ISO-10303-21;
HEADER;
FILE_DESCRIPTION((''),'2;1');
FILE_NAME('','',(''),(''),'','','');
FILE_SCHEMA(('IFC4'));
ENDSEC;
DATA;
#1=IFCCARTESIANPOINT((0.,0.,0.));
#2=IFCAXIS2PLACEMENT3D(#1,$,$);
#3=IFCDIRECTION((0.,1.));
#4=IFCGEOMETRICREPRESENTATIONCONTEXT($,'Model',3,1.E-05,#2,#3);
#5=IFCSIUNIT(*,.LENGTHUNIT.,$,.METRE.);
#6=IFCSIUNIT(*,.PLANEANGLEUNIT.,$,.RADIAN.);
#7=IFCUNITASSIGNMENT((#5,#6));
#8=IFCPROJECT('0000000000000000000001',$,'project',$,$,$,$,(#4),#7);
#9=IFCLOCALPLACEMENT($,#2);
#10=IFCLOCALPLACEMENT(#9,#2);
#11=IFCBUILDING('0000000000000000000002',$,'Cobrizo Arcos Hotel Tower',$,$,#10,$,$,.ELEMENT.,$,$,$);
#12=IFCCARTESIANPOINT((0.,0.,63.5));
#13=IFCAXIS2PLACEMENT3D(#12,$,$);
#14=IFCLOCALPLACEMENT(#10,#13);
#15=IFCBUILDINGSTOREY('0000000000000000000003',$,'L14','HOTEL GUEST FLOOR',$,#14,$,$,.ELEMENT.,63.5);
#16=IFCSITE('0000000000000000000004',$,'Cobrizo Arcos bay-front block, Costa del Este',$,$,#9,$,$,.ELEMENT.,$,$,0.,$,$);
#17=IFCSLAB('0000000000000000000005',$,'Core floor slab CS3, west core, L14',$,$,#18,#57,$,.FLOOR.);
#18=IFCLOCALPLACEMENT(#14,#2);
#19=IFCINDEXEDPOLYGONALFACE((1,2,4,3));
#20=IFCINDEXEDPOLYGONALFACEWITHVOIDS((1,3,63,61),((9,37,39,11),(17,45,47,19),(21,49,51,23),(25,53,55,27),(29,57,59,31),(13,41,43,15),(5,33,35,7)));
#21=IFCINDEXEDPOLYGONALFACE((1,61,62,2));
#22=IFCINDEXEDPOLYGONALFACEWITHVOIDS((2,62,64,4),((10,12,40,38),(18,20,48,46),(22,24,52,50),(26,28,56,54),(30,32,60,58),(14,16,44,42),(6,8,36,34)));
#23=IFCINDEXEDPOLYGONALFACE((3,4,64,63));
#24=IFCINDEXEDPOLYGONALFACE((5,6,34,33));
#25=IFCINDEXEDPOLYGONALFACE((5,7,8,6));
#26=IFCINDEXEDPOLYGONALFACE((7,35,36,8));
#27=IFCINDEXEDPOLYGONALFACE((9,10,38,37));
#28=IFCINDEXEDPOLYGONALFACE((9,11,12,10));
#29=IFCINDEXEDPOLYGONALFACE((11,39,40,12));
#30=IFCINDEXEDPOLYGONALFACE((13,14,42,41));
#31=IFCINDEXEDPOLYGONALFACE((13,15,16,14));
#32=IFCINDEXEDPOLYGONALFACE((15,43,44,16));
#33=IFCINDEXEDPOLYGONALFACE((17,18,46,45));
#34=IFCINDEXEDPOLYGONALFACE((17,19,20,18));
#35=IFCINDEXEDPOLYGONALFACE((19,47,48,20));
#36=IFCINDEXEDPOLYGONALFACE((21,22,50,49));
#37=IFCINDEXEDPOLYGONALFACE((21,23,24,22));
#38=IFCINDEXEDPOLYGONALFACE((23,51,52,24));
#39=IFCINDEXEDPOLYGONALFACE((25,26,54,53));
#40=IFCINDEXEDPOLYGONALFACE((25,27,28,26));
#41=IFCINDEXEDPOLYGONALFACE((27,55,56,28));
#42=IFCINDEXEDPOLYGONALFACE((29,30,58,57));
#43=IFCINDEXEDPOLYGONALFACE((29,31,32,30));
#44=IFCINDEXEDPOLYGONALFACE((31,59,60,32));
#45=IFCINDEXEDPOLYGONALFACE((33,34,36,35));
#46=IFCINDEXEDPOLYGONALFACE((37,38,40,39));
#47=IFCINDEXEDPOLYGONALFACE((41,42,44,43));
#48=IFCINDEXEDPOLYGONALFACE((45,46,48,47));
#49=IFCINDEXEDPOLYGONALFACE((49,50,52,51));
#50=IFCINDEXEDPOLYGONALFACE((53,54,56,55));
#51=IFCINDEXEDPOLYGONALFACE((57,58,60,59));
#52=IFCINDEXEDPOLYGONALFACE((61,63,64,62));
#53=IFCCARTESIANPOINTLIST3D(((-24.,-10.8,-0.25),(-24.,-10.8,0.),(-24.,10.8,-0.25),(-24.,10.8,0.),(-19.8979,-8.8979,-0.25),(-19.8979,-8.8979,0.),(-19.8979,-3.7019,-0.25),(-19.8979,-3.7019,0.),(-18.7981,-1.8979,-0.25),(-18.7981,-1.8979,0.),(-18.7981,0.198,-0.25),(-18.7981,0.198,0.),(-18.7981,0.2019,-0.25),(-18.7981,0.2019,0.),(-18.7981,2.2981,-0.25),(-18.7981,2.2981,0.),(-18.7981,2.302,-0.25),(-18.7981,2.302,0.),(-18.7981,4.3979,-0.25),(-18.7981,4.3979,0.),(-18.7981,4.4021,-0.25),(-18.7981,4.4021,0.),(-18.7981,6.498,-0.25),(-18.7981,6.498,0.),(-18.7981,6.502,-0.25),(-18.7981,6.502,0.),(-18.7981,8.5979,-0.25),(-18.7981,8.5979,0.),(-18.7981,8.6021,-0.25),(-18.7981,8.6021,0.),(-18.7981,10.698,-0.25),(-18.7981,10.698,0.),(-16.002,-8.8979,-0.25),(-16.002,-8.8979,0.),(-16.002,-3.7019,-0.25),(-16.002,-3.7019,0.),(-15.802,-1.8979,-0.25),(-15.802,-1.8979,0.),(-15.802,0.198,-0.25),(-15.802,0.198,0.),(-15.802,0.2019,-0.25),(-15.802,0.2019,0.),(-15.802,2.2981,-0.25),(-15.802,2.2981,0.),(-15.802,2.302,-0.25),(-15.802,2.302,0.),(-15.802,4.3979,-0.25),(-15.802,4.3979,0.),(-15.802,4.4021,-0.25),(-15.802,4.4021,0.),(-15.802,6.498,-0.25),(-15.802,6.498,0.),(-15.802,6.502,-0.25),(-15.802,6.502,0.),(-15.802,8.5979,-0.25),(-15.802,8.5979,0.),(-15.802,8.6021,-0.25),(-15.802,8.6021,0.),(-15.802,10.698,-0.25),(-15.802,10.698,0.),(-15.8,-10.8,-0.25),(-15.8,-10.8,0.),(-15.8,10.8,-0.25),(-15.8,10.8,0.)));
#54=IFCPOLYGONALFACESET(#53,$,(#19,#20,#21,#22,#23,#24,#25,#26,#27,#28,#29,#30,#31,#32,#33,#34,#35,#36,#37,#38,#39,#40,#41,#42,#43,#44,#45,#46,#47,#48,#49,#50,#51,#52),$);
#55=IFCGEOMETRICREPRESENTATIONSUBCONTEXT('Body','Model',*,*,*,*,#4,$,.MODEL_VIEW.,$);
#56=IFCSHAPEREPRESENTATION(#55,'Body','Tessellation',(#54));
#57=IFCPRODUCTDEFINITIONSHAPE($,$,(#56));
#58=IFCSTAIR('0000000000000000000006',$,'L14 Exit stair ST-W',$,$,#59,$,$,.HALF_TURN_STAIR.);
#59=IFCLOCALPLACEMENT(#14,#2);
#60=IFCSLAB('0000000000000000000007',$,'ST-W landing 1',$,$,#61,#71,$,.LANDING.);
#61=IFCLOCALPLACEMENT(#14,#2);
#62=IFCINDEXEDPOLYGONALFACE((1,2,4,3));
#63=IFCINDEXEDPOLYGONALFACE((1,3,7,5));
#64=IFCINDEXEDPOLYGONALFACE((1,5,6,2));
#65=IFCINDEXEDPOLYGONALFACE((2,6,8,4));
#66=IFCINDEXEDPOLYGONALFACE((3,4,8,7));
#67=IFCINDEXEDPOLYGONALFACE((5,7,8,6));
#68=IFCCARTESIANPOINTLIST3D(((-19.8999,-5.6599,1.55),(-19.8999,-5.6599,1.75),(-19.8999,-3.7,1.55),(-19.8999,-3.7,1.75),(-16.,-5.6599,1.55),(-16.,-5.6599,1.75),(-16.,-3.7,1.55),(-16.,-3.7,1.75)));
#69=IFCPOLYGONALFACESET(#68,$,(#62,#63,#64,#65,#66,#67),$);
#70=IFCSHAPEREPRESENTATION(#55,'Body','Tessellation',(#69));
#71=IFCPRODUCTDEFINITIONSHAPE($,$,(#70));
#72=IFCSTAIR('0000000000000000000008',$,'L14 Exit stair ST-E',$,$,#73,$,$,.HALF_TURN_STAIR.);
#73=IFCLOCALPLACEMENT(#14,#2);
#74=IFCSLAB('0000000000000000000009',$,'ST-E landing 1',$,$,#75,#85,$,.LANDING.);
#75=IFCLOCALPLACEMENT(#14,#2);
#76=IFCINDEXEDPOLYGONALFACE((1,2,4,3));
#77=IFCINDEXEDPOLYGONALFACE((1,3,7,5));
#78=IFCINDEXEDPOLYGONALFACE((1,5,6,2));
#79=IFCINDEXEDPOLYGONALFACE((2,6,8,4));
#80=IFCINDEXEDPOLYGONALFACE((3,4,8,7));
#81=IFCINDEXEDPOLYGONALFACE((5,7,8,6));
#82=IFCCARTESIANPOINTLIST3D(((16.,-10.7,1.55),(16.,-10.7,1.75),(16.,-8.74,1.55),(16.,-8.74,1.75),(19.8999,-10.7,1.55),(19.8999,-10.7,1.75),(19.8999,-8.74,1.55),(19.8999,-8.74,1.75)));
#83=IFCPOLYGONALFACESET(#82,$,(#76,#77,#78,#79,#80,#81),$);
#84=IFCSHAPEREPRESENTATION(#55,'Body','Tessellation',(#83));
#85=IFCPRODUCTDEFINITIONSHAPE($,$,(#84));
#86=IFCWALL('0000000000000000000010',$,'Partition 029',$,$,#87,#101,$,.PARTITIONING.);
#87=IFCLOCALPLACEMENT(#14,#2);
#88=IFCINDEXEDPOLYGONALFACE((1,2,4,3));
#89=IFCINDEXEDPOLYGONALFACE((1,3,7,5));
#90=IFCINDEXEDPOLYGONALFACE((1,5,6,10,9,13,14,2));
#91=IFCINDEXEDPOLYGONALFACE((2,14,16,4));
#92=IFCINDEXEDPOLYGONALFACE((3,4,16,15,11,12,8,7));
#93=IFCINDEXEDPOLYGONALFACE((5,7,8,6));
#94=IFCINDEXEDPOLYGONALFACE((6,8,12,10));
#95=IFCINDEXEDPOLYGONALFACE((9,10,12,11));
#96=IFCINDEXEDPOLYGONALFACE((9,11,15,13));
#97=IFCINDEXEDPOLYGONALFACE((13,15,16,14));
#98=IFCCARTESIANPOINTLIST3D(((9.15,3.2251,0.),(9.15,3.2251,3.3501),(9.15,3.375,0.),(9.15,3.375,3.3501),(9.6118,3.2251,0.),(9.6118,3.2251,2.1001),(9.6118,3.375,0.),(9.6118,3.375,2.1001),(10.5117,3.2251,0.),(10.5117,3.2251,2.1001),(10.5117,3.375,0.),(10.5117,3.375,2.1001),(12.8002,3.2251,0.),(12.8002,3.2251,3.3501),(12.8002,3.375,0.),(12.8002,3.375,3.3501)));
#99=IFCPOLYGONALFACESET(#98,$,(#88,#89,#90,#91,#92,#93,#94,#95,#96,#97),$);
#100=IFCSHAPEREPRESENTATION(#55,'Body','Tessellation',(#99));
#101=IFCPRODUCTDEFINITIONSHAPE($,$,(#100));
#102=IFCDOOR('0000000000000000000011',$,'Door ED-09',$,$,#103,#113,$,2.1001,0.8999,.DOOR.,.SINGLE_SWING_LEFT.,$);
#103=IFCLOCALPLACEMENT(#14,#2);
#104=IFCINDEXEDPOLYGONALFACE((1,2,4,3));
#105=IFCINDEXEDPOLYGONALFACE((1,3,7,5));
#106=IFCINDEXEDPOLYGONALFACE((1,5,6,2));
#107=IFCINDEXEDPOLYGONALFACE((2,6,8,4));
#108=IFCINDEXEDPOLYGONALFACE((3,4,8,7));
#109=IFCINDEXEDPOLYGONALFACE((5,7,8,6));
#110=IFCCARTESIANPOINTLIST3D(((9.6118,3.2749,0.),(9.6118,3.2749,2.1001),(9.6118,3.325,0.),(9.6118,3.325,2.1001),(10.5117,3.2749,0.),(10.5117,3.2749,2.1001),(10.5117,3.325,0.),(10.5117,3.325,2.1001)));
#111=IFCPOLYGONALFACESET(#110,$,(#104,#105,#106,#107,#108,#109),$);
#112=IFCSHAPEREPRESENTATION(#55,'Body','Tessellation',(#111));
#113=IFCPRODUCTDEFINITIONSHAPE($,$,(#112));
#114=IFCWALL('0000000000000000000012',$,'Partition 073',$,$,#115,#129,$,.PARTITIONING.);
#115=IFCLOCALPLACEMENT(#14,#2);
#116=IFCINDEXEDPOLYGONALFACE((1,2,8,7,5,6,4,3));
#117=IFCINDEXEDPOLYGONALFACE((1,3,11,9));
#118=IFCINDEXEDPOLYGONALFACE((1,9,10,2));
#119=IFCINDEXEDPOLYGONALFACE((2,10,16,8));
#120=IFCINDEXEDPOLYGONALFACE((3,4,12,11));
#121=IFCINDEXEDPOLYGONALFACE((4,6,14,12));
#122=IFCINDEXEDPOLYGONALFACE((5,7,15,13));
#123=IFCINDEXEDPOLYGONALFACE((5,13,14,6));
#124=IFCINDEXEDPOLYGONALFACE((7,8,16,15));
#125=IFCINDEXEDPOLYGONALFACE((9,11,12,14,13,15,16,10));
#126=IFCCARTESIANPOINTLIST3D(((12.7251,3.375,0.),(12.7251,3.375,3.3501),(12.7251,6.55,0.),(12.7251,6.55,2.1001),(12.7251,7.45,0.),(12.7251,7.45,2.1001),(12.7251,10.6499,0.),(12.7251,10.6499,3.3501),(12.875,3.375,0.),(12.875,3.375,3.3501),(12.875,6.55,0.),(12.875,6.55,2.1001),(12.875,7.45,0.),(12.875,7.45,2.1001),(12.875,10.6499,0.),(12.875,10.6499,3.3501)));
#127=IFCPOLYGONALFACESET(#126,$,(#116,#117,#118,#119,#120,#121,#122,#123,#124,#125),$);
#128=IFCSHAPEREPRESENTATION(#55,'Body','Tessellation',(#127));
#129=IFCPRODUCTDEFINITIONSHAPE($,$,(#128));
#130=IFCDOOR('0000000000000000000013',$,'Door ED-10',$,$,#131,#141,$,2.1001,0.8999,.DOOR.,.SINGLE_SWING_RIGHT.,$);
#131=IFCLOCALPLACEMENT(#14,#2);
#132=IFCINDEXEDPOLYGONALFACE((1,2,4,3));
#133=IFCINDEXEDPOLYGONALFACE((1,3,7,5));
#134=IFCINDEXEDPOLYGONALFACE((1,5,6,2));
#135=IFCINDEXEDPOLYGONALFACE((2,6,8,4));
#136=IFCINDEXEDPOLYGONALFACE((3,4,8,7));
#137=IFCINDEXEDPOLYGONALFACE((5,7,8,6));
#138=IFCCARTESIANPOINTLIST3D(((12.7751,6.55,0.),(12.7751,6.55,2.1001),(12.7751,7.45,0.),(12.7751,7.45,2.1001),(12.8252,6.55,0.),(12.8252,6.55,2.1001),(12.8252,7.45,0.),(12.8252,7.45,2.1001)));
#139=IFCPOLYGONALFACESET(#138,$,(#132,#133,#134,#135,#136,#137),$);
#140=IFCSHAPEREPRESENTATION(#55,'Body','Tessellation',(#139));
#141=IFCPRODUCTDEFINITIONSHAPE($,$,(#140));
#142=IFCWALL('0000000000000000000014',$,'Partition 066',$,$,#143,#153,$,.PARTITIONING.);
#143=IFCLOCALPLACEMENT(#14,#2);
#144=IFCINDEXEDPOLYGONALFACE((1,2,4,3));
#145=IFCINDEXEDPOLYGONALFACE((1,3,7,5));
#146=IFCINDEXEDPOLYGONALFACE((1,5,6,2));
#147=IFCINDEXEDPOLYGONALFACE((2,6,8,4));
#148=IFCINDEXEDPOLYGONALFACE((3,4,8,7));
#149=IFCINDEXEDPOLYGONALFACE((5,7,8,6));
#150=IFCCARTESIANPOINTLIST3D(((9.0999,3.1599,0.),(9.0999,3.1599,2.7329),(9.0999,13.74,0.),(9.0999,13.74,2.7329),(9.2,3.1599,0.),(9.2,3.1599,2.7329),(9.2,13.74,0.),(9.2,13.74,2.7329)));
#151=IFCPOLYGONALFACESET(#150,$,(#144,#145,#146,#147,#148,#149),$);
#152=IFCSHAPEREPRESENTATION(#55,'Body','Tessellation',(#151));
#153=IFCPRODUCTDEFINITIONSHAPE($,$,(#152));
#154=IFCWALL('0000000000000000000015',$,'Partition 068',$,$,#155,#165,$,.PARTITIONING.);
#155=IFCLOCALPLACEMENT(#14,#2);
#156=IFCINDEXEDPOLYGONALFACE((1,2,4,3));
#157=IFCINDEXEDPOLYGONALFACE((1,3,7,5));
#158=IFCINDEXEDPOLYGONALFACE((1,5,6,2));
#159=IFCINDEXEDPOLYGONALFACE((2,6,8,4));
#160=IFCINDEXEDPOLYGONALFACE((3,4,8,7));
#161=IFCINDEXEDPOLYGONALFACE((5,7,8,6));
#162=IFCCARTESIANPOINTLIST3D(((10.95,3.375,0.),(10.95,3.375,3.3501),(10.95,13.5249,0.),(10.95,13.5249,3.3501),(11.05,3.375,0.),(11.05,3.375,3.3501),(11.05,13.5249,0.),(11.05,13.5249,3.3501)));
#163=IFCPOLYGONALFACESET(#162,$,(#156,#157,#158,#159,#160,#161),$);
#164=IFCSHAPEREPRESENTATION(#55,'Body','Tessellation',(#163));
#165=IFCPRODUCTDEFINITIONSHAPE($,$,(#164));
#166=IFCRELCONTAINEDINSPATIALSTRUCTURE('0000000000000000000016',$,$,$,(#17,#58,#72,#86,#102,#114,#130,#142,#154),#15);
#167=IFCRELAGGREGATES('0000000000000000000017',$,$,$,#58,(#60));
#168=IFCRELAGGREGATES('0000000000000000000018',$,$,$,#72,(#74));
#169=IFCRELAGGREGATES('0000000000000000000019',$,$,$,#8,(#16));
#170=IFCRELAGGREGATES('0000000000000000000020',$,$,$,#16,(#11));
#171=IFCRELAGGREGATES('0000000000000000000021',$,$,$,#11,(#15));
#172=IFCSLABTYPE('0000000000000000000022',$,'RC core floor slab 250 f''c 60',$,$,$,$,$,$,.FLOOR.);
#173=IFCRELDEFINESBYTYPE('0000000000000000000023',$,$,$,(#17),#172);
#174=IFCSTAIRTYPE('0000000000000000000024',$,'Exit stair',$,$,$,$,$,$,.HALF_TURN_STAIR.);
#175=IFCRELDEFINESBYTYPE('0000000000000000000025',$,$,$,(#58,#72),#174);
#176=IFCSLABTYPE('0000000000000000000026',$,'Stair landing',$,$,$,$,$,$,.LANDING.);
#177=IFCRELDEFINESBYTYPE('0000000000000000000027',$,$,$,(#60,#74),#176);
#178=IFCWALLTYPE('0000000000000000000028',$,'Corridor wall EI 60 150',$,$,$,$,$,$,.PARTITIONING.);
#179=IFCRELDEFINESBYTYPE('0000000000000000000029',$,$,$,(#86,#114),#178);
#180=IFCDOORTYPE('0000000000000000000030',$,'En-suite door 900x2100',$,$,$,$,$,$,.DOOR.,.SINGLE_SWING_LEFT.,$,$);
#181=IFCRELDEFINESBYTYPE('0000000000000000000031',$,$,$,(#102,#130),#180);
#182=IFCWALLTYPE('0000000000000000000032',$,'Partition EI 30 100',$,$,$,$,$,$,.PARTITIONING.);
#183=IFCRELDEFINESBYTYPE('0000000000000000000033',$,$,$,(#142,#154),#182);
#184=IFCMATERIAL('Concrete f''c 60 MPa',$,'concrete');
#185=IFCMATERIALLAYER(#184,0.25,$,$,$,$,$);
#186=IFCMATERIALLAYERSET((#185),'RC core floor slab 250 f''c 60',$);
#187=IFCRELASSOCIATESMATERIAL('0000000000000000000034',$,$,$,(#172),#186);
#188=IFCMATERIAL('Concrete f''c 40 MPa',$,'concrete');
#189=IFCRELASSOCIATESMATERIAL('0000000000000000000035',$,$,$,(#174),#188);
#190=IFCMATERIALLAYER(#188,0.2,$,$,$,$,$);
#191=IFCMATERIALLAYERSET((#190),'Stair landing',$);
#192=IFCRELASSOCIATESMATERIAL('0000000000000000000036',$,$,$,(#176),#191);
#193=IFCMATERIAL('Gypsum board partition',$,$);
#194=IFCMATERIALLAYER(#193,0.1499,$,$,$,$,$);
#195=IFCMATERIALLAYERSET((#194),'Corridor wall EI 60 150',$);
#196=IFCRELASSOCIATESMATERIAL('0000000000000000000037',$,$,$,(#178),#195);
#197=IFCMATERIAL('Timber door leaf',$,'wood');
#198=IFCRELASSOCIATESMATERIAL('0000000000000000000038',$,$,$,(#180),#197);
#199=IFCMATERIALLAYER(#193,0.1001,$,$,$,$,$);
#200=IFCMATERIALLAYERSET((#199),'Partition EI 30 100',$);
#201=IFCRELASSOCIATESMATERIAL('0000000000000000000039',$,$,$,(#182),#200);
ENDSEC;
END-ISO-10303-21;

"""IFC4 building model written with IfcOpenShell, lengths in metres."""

from ifc_helpers import new_model, si_unit, direction, frame, frame_2d, origin, place, context, subcontext, project, spatial, polyline, rectangle, outline, extrude, material, layer, layer_set, type_object, element, fill, aggregate, save


model = new_model("IFC4")

# Units and contexts
model_context = context("Model", 3, precision=1e-05, world=origin(), true_north=direction((0.0, 1.0)))
body_context = subcontext(model_context, "Body", "Model", "MODEL_VIEW")
ifc_project = project(units=[si_unit("LENGTHUNIT", "METRE"), si_unit("PLANEANGLEUNIT", "RADIAN")], contexts=[model_context])

# Site, building, storey
site_placement = place(None, origin())
site = spatial("IfcSite", under=ifc_project, at=site_placement, Name="Cobrizo Arcos bay-front block, Costa del Este", CompositionType="ELEMENT", RefElevation=0.0)
building_placement = place(site_placement, origin())
building = spatial("IfcBuilding", under=site, at=building_placement, Name="Cobrizo Arcos Hotel Tower", CompositionType="ELEMENT")
storey_placement = place(building_placement, frame((0.0, 0.0, 63.5)))
storey = spatial("IfcBuildingStorey", under=building, at=storey_placement, Name="L14", Description="HOTEL GUEST FLOOR", CompositionType="ELEMENT", Elevation=63.5)

# Slab
ifc_material_1 = material(Name="Concrete f'c 60 MPa", Category="concrete")
ifc_layer_1 = layer(ifc_material_1, 0.25)
ifc_layer_set_1 = layer_set([ifc_layer_1], Name="RC core floor slab 250 f'c 60")
slab_type_1 = type_object("IfcSlabType", Name="RC core floor slab 250 f'c 60", PredefinedType="FLOOR", material=ifc_layer_set_1)
slab_1_placement = place(storey_placement, frame((0.0, 0.0, -0.25)))
element("IfcSlab", 1, at=slab_1_placement, inside=storey, type_object=slab_type_1, Name="Core floor slab CS3, west core, L14", PredefinedType="FLOOR", context=body_context, shape_type="SweptSolid", body=[
    extrude(outline(polyline([(-24.0, 10.8), (-15.8, 10.8), (-15.8, -10.8), (-24.0, -10.8), (-24.0, 10.8)]), holes=[polyline([(-19.8979, -3.7019), (-19.8979, -8.8979), (-16.002, -8.8979), (-16.002, -3.7019), (-19.8979, -3.7019)]), polyline([(-18.7981, 0.198), (-18.7981, -1.8979), (-15.802, -1.8979), (-15.802, 0.198), (-18.7981, 0.198)]), polyline([(-15.802, 2.2981), (-18.7981, 2.2981), (-18.7981, 0.2019), (-15.802, 0.2019), (-15.802, 2.2981)]), polyline([(-15.802, 4.3979), (-18.7981, 4.3979), (-18.7981, 2.302), (-15.802, 2.302), (-15.802, 4.3979)]), polyline([(-18.7981, 6.498), (-18.7981, 4.4021), (-15.802, 4.4021), (-15.802, 6.498), (-18.7981, 6.498)]), polyline([(-15.802, 8.5979), (-18.7981, 8.5979), (-18.7981, 6.502), (-15.802, 6.502), (-15.802, 8.5979)]), polyline([(-15.802, 10.698), (-18.7981, 10.698), (-18.7981, 8.6021), (-15.802, 8.6021), (-15.802, 10.698)])]), origin(), (0.0, 0.0, 1.0), 0.25),
])

# Stairs, slabs
ifc_material_2 = material(Name="Concrete f'c 40 MPa", Category="concrete")
stair_type = type_object("IfcStairType", Name="Exit stair", PredefinedType="HALF_TURN_STAIR", material=ifc_material_2)
stair_1_placement = place(storey_placement, origin())
stair_1 = element("IfcStair", 2, at=stair_1_placement, inside=storey, type_object=stair_type, Name="L14 Exit stair ST-W", PredefinedType="HALF_TURN_STAIR")
ifc_layer_2 = layer(ifc_material_2, 0.2)
ifc_layer_set_2 = layer_set([ifc_layer_2], Name="Stair landing")
slab_type_2 = type_object("IfcSlabType", Name="Stair landing", PredefinedType="LANDING", material=ifc_layer_set_2)
slab_2_placement = place(storey_placement, frame((0.0, 0.0, 1.55)))
slab_2 = element("IfcSlab", 3, at=slab_2_placement, type_object=slab_type_2, Name="ST-W landing 1", PredefinedType="LANDING", context=body_context, shape_type="SweptSolid", body=[
    extrude(outline(polyline([(-16.0, -5.6599), (-16.0, -3.7), (-19.8999, -3.7), (-19.8999, -5.6599), (-16.0, -5.6599)])), origin(), (0.0, 0.0, 1.0), 0.2),
])
aggregate(stair_1, [slab_2])
stair_2_placement = place(storey_placement, origin())
stair_2 = element("IfcStair", 4, at=stair_2_placement, inside=storey, type_object=stair_type, Name="L14 Exit stair ST-E", PredefinedType="HALF_TURN_STAIR")
slab_3_placement = place(storey_placement, frame((0.0, 0.0, 1.55)))
slab_3 = element("IfcSlab", 5, at=slab_3_placement, type_object=slab_type_2, Name="ST-E landing 1", PredefinedType="LANDING", context=body_context, shape_type="SweptSolid", body=[
    extrude(outline(polyline([(16.0, -8.74), (16.0, -10.7), (19.8999, -10.7), (19.8999, -8.74), (16.0, -8.74)])), origin(), (0.0, 0.0, 1.0), 0.2),
])
aggregate(stair_2, [slab_3])

# Walls, openings, doors
ifc_material_3 = material(Name="Gypsum board partition")
ifc_layer_3 = layer(ifc_material_3, 0.1499)
ifc_layer_set_3 = layer_set([ifc_layer_3], Name="Corridor wall EI 60 150")
wall_type_1 = type_object("IfcWallType", Name="Corridor wall EI 60 150", PredefinedType="PARTITIONING", material=ifc_layer_set_3)
wall_1_placement = place(storey_placement, frame((9.1499, 3.3, 0.0), z_axis=(0.0, 0.0, 1.0), x_axis=(1.0, 0.0, 0.0)))
wall_1 = element("IfcWall", 6, at=wall_1_placement, inside=storey, type_object=wall_type_1, Name="Partition 029", PredefinedType="PARTITIONING", context=body_context, shape_type="SweptSolid", body=[
    extrude(rectangle(XDim=3.6501, YDim=0.1499, at=frame_2d((1.8252, 0.0))), origin(), (0.0, 0.0, 1.0), 3.3501),
])
opening_1_placement = place(wall_1_placement, frame((0.4619, 0.0, 0.0)))
opening_1 = element("IfcOpeningElement", 7, at=opening_1_placement, cuts=wall_1, PredefinedType="OPENING", context=body_context, shape_type="SweptSolid", body=[
    extrude(rectangle(XDim=0.8999, YDim=2.1001, at=frame_2d((0.45, 1.05))), frame((0.0, 0.0869, 0.0), z_axis=(0.0, -1.0, 0.0), x_axis=(1.0, 0.0, 0.0)), (0.0, 0.0, 1.0), 0.1738),
])
ifc_material_4 = material(Name="Timber door leaf", Category="wood")
door_type_1 = type_object("IfcDoorType", Name="En-suite door 900x2100", OperationType="SINGLE_SWING_LEFT", PredefinedType="DOOR", material=ifc_material_4)
door_1_placement = place(opening_1_placement, origin())
door_1 = element("IfcDoor", 8, at=door_1_placement, inside=storey, type_object=door_type_1, Name="Door ED-09", OperationType="SINGLE_SWING_LEFT", OverallHeight=2.1001, OverallWidth=0.8999, PredefinedType="DOOR", context=body_context, shape_type="SweptSolid", body=[
    extrude(rectangle(XDim=0.8999, YDim=2.1001, at=frame_2d((0.45, 1.05))), frame((0.0, 0.0249, 0.0), z_axis=(0.0, -1.0, 0.0), x_axis=(1.0, 0.0, 0.0)), (0.0, 0.0, 1.0), 0.05),
])
fill(opening_1, door_1)
wall_2_placement = place(storey_placement, frame((12.8, 3.375, 0.0), z_axis=(0.0, 0.0, 1.0), x_axis=(0.0, 1.0, 0.0)))
wall_2 = element("IfcWall", 9, at=wall_2_placement, inside=storey, type_object=wall_type_1, Name="Partition 073", PredefinedType="PARTITIONING", context=body_context, shape_type="SweptSolid", body=[
    extrude(rectangle(XDim=7.2749, YDim=0.1499, at=frame_2d((3.6375, 0.0))), origin(), (0.0, 0.0, 1.0), 3.3501),
])
opening_2_placement = place(wall_2_placement, frame((3.175, 0.0, 0.0)))
opening_2 = element("IfcOpeningElement", 10, at=opening_2_placement, cuts=wall_2, PredefinedType="OPENING", context=body_context, shape_type="SweptSolid", body=[
    extrude(rectangle(XDim=0.8999, YDim=2.1001, at=frame_2d((0.45, 1.05))), frame((0.0, 0.0869, 0.0), z_axis=(0.0, -1.0, 0.0), x_axis=(1.0, 0.0, 0.0)), (0.0, 0.0, 1.0), 0.1738),
])
door_2_placement = place(opening_2_placement, origin())
door_2 = element("IfcDoor", 11, at=door_2_placement, inside=storey, type_object=door_type_1, Name="Door ED-10", OperationType="SINGLE_SWING_RIGHT", OverallHeight=2.1001, OverallWidth=0.8999, PredefinedType="DOOR", context=body_context, shape_type="SweptSolid", body=[
    extrude(rectangle(XDim=0.8999, YDim=2.1001, at=frame_2d((0.45, 1.05))), frame((0.0, 0.0249, 0.0), z_axis=(0.0, -1.0, 0.0), x_axis=(1.0, 0.0, 0.0)), (0.0, 0.0, 1.0), 0.05),
])
fill(opening_2, door_2)

# Walls
ifc_layer_4 = layer(ifc_material_3, 0.1001)
ifc_layer_set_4 = layer_set([ifc_layer_4], Name="Partition EI 30 100")
wall_type_2 = type_object("IfcWallType", Name="Partition EI 30 100", PredefinedType="PARTITIONING", material=ifc_layer_set_4)
wall_3_placement = place(storey_placement, frame((9.1499, 3.1599, 0.0), z_axis=(0.0, 0.0, 1.0), x_axis=(0.0, 1.0, 0.0)))
element("IfcWall", 12, at=wall_3_placement, inside=storey, type_object=wall_type_2, Name="Partition 066", PredefinedType="PARTITIONING", context=body_context, shape_type="SweptSolid", body=[
    extrude(rectangle(XDim=10.5801, YDim=0.1001, at=frame_2d((5.29, 0.0))), origin(), (0.0, 0.0, 1.0), 2.7329),
])
wall_4_placement = place(storey_placement, frame((11.0, 3.375, 0.0), z_axis=(0.0, 0.0, 1.0), x_axis=(0.0, 1.0, 0.0)))
element("IfcWall", 13, at=wall_4_placement, inside=storey, type_object=wall_type_2, Name="Partition 068", PredefinedType="PARTITIONING", context=body_context, shape_type="SweptSolid", body=[
    extrude(rectangle(XDim=10.1499, YDim=0.1001, at=frame_2d((5.075, 0.0))), origin(), (0.0, 0.0, 1.0), 3.3501),
])

save(model, "model.ifc")
